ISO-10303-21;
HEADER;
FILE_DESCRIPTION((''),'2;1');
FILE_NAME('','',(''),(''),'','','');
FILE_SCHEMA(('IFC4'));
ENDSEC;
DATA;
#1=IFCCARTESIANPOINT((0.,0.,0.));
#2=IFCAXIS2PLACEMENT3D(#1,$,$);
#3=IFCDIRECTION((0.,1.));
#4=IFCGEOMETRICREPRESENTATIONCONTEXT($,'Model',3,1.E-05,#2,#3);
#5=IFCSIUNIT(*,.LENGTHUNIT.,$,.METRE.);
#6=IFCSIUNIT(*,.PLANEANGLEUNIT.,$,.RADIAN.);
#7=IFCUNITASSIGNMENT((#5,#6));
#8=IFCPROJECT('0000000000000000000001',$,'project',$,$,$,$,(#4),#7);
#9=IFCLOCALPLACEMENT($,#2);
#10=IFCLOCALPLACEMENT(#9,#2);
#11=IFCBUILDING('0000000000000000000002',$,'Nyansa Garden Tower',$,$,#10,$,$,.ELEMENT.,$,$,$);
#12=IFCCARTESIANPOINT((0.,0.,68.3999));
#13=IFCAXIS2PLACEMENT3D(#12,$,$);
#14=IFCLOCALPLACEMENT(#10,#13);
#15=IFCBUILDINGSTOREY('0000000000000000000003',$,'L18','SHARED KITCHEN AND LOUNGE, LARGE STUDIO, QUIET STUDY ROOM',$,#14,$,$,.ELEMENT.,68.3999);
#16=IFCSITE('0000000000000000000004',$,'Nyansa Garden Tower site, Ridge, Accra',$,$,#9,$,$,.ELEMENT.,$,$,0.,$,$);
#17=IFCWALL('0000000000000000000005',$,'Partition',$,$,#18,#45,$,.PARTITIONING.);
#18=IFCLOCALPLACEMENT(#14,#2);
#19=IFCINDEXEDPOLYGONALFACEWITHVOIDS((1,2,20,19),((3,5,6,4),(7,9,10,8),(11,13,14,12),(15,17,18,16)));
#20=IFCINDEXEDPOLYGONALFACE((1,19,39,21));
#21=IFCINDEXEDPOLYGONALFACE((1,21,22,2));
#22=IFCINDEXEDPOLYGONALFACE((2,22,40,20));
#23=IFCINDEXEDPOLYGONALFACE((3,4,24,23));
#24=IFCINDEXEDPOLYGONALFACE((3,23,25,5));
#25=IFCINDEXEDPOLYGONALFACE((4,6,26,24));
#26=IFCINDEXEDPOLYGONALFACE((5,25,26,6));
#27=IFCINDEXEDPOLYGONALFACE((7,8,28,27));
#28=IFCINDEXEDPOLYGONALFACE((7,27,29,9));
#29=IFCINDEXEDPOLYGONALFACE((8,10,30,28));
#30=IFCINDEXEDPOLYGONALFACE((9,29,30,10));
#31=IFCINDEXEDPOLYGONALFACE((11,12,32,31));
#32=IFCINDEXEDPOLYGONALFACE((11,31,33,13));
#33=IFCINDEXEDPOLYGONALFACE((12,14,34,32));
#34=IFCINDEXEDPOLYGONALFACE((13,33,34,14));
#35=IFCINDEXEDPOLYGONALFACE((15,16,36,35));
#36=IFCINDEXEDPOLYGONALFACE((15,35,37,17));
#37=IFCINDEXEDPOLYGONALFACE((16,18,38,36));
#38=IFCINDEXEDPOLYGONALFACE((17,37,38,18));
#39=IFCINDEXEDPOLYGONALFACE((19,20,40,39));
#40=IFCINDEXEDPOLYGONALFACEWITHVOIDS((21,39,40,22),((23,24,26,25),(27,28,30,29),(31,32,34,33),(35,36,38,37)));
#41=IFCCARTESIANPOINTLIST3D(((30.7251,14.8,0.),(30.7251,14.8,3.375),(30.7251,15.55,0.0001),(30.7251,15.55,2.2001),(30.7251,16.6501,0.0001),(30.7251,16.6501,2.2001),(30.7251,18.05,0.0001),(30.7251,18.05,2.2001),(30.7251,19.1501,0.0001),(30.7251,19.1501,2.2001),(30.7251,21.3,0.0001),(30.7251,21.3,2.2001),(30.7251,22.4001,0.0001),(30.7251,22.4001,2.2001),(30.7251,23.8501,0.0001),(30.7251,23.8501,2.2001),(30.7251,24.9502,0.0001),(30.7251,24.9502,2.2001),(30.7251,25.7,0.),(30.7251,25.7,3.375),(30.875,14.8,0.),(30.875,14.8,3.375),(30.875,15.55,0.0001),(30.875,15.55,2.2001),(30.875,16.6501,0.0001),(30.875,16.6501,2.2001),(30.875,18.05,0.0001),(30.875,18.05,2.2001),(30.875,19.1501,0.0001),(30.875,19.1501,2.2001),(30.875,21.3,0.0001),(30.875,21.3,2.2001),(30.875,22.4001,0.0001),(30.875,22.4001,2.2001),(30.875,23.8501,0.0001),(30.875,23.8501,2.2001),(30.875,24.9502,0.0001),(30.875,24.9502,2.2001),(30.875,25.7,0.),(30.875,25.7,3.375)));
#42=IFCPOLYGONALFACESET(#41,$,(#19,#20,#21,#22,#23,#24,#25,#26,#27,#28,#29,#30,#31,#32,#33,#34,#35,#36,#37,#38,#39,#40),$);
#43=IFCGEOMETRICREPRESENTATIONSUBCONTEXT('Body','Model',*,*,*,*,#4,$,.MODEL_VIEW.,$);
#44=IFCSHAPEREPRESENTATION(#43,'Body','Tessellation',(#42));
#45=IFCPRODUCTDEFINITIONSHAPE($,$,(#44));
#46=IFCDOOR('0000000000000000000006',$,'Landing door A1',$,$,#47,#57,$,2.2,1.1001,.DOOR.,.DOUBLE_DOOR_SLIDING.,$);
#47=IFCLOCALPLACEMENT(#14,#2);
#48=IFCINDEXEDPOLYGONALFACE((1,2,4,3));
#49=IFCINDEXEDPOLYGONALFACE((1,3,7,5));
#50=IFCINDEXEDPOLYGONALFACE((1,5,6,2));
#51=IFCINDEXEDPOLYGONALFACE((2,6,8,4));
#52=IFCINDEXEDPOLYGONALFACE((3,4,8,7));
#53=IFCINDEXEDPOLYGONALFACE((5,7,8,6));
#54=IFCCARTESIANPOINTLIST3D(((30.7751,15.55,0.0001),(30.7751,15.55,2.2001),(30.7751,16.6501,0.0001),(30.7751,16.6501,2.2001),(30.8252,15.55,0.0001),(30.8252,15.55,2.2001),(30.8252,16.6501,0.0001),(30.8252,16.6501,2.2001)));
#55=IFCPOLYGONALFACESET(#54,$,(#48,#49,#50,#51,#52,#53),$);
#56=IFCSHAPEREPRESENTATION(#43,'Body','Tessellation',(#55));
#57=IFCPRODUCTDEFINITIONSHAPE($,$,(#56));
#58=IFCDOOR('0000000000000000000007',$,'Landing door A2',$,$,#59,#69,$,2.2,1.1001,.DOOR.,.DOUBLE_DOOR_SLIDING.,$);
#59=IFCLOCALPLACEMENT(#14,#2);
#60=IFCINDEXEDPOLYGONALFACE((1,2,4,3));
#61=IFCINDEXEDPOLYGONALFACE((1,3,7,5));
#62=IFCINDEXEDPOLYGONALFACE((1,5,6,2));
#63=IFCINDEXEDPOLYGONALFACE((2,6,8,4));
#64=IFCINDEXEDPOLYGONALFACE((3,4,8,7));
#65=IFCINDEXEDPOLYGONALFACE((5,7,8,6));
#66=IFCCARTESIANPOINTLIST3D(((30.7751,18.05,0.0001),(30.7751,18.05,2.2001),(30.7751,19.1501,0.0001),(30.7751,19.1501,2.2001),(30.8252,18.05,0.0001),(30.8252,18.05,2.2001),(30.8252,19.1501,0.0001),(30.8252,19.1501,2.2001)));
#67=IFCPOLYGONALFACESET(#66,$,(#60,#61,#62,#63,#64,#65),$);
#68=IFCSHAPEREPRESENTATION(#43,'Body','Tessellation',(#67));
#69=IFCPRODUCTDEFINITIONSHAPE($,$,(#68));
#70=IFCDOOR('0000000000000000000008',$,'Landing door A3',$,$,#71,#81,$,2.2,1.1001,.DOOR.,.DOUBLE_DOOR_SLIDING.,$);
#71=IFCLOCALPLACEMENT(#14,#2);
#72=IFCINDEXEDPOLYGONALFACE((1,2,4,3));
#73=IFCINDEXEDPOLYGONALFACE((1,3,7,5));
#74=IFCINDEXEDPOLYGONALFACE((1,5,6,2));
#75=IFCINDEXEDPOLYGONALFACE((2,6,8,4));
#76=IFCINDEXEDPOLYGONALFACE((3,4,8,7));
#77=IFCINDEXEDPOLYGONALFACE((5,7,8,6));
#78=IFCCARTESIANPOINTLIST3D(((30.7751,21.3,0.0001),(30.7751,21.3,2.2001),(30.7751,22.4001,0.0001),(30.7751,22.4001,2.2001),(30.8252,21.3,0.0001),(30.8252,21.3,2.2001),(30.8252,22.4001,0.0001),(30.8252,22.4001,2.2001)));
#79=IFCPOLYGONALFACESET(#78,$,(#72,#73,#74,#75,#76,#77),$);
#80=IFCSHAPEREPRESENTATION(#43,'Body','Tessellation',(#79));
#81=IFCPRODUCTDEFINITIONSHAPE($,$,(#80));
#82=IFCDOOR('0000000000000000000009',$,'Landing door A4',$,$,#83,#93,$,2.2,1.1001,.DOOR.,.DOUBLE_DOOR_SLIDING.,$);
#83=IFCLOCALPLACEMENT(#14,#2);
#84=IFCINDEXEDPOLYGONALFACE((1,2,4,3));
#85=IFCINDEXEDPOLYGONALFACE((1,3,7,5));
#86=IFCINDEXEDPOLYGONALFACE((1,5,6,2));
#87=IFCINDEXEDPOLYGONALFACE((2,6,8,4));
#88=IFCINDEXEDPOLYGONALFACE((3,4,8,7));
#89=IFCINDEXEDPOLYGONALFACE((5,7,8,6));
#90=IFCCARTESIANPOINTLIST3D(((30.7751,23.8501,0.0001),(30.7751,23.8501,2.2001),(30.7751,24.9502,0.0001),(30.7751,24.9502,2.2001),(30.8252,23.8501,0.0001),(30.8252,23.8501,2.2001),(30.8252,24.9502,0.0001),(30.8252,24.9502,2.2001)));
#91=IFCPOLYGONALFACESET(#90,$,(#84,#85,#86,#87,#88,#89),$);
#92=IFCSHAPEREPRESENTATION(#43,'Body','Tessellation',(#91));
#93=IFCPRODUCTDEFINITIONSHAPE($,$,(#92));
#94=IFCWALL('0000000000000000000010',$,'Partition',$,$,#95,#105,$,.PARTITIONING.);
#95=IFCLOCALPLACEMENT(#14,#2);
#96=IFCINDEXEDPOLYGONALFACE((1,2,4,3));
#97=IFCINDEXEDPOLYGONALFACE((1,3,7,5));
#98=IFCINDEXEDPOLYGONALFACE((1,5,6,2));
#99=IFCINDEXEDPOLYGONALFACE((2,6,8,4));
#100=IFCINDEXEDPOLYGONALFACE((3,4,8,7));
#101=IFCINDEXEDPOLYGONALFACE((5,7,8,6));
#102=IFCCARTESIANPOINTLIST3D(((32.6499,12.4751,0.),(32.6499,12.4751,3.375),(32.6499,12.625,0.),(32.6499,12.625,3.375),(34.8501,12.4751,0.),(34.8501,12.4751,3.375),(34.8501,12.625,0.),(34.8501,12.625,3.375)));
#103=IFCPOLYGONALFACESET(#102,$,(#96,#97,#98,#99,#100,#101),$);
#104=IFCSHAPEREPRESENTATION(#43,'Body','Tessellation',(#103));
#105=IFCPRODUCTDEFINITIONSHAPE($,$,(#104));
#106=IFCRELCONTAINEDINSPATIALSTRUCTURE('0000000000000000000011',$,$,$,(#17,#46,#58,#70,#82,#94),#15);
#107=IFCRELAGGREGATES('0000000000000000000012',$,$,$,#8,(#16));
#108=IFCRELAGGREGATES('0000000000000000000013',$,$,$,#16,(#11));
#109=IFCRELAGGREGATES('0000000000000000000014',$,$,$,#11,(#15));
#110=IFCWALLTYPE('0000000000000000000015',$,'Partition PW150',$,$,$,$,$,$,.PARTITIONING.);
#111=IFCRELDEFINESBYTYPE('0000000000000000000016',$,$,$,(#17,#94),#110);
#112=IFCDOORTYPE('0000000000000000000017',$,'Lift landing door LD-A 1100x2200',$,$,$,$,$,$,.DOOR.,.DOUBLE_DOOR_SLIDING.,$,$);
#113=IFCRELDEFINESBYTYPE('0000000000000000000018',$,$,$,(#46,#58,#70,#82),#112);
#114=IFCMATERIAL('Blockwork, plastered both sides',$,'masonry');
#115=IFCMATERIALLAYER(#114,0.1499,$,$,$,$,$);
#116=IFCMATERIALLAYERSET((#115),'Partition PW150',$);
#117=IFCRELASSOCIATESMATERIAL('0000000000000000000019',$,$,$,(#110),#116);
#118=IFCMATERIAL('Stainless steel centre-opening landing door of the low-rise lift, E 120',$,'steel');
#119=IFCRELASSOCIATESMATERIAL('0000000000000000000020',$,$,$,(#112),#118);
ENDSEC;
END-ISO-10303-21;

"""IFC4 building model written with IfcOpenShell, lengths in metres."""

from ifc_helpers import new_model, si_unit, direction, frame, frame_2d, origin, place, context, subcontext, project, spatial, rectangle, extrude, material, layer, layer_set, type_object, element, fill, save


model = new_model("IFC4")

# Units and contexts
model_context = context("Model", 3, precision=1e-05, world=origin(), true_north=direction((0.0, 1.0)))
body_context = subcontext(model_context, "Body", "Model", "MODEL_VIEW")
ifc_project = project(units=[si_unit("LENGTHUNIT", "METRE"), si_unit("PLANEANGLEUNIT", "RADIAN")], contexts=[model_context])

# Site, building, storey
site_placement = place(None, origin())
site = spatial("IfcSite", under=ifc_project, at=site_placement, Name="Nyansa Garden Tower site, Ridge, Accra", CompositionType="ELEMENT", RefElevation=0.0)
building_placement = place(site_placement, origin())
building = spatial("IfcBuilding", under=site, at=building_placement, Name="Nyansa Garden Tower", CompositionType="ELEMENT")
storey_placement = place(building_placement, frame((0.0, 0.0, 68.3999)))
storey = spatial("IfcBuildingStorey", under=building, at=storey_placement, Name="L18", Description="SHARED KITCHEN AND LOUNGE, LARGE STUDIO, QUIET STUDY ROOM", CompositionType="ELEMENT", Elevation=68.3999)

# Shared definitions
ifc_material_1 = material(Name="Blockwork, plastered both sides", Category="masonry")
ifc_layer_1 = layer(ifc_material_1, 0.1499)
ifc_layer_set_1 = layer_set([ifc_layer_1], Name="Partition PW150")
wall_type_1 = type_object("IfcWallType", Name="Partition PW150", PredefinedType="PARTITIONING", material=ifc_layer_set_1)

# Wall, openings, doors
wall_1_placement = place(storey_placement, frame((30.8, 14.8, 0.0), z_axis=(0.0, 0.0, 1.0), x_axis=(0.0, 1.0, 0.0)))
wall_1 = element("IfcWall", 1, at=wall_1_placement, inside=storey, type_object=wall_type_1, Name="Partition", PredefinedType="PARTITIONING", context=body_context, shape_type="SweptSolid", body=[
    extrude(rectangle(XDim=10.8999, YDim=0.1499, at=frame_2d((5.45, 0.0))), origin(), (0.0, 0.0, 1.0), 3.375),
])
opening_1_placement = place(wall_1_placement, frame((0.75, 0.0, 0.0)))
opening_1 = element("IfcOpeningElement", 2, at=opening_1_placement, cuts=wall_1, PredefinedType="OPENING", context=body_context, shape_type="SweptSolid", body=[
    extrude(rectangle(XDim=1.1001, YDim=2.2, at=frame_2d((0.55, 1.1001))), frame((0.0, 0.085, 0.0), z_axis=(0.0, -1.0, 0.0), x_axis=(1.0, 0.0, 0.0)), (0.0, 0.0, 1.0), 0.1699),
])
opening_2_placement = place(wall_1_placement, frame((3.25, 0.0, 0.0)))
opening_2 = element("IfcOpeningElement", 3, at=opening_2_placement, cuts=wall_1, PredefinedType="OPENING", context=body_context, shape_type="SweptSolid", body=[
    extrude(rectangle(XDim=1.1001, YDim=2.2, at=frame_2d((0.55, 1.1001))), frame((0.0, 0.085, 0.0), z_axis=(0.0, -1.0, 0.0), x_axis=(1.0, 0.0, 0.0)), (0.0, 0.0, 1.0), 0.1699),
])
opening_3_placement = place(wall_1_placement, frame((6.5, 0.0, 0.0)))
opening_3 = element("IfcOpeningElement", 4, at=opening_3_placement, cuts=wall_1, PredefinedType="OPENING", context=body_context, shape_type="SweptSolid", body=[
    extrude(rectangle(XDim=1.1001, YDim=2.2, at=frame_2d((0.55, 1.1001))), frame((0.0, 0.085, 0.0), z_axis=(0.0, -1.0, 0.0), x_axis=(1.0, 0.0, 0.0)), (0.0, 0.0, 1.0), 0.1699),
])
opening_4_placement = place(wall_1_placement, frame((9.05, 0.0, 0.0)))
opening_4 = element("IfcOpeningElement", 5, at=opening_4_placement, cuts=wall_1, PredefinedType="OPENING", context=body_context, shape_type="SweptSolid", body=[
    extrude(rectangle(XDim=1.1001, YDim=2.2, at=frame_2d((0.55, 1.1001))), frame((0.0, 0.085, 0.0), z_axis=(0.0, -1.0, 0.0), x_axis=(1.0, 0.0, 0.0)), (0.0, 0.0, 1.0), 0.1699),
])
ifc_material_2 = material(Name="Stainless steel centre-opening landing door of the low-rise lift, E 120", Category="steel")
door_type_1 = type_object("IfcDoorType", Name="Lift landing door LD-A 1100x2200", OperationType="DOUBLE_DOOR_SLIDING", PredefinedType="DOOR", material=ifc_material_2)
door_1_placement = place(opening_1_placement, origin())
door_1 = element("IfcDoor", 6, at=door_1_placement, inside=storey, type_object=door_type_1, Name="Landing door A1", OperationType="DOUBLE_DOOR_SLIDING", OverallHeight=2.2, OverallWidth=1.1001, PredefinedType="DOOR", context=body_context, shape_type="SweptSolid", body=[
    extrude(rectangle(XDim=1.1001, YDim=2.2, at=frame_2d((0.55, 1.1001))), frame((0.0, 0.0249, 0.0), z_axis=(0.0, -1.0, 0.0), x_axis=(1.0, 0.0, 0.0)), (0.0, 0.0, 1.0), 0.05),
])
fill(opening_1, door_1)
door_2_placement = place(opening_2_placement, origin())
door_2 = element("IfcDoor", 7, at=door_2_placement, inside=storey, type_object=door_type_1, Name="Landing door A2", OperationType="DOUBLE_DOOR_SLIDING", OverallHeight=2.2, OverallWidth=1.1001, PredefinedType="DOOR", context=body_context, shape_type="SweptSolid", body=[
    extrude(rectangle(XDim=1.1001, YDim=2.2, at=frame_2d((0.55, 1.1001))), frame((0.0, 0.0249, 0.0), z_axis=(0.0, -1.0, 0.0), x_axis=(1.0, 0.0, 0.0)), (0.0, 0.0, 1.0), 0.05),
])
fill(opening_2, door_2)
door_3_placement = place(opening_3_placement, origin())
door_3 = element("IfcDoor", 8, at=door_3_placement, inside=storey, type_object=door_type_1, Name="Landing door A3", OperationType="DOUBLE_DOOR_SLIDING", OverallHeight=2.2, OverallWidth=1.1001, PredefinedType="DOOR", context=body_context, shape_type="SweptSolid", body=[
    extrude(rectangle(XDim=1.1001, YDim=2.2, at=frame_2d((0.55, 1.1001))), frame((0.0, 0.0249, 0.0), z_axis=(0.0, -1.0, 0.0), x_axis=(1.0, 0.0, 0.0)), (0.0, 0.0, 1.0), 0.05),
])
fill(opening_3, door_3)
door_4_placement = place(opening_4_placement, origin())
door_4 = element("IfcDoor", 9, at=door_4_placement, inside=storey, type_object=door_type_1, Name="Landing door A4", OperationType="DOUBLE_DOOR_SLIDING", OverallHeight=2.2, OverallWidth=1.1001, PredefinedType="DOOR", context=body_context, shape_type="SweptSolid", body=[
    extrude(rectangle(XDim=1.1001, YDim=2.2, at=frame_2d((0.55, 1.1001))), frame((0.0, 0.0249, 0.0), z_axis=(0.0, -1.0, 0.0), x_axis=(1.0, 0.0, 0.0)), (0.0, 0.0, 1.0), 0.05),
])
fill(opening_4, door_4)

# Wall
wall_2_placement = place(storey_placement, frame((32.6499, 12.55, 0.0), z_axis=(0.0, 0.0, 1.0), x_axis=(1.0, 0.0, 0.0)))
element("IfcWall", 10, at=wall_2_placement, inside=storey, type_object=wall_type_1, Name="Partition", PredefinedType="PARTITIONING", context=body_context, shape_type="SweptSolid", body=[
    extrude(rectangle(XDim=2.2002, YDim=0.1499, at=frame_2d((1.1001, 0.0))), origin(), (0.0, 0.0, 1.0), 3.375),
])

save(model, "model.ifc")
